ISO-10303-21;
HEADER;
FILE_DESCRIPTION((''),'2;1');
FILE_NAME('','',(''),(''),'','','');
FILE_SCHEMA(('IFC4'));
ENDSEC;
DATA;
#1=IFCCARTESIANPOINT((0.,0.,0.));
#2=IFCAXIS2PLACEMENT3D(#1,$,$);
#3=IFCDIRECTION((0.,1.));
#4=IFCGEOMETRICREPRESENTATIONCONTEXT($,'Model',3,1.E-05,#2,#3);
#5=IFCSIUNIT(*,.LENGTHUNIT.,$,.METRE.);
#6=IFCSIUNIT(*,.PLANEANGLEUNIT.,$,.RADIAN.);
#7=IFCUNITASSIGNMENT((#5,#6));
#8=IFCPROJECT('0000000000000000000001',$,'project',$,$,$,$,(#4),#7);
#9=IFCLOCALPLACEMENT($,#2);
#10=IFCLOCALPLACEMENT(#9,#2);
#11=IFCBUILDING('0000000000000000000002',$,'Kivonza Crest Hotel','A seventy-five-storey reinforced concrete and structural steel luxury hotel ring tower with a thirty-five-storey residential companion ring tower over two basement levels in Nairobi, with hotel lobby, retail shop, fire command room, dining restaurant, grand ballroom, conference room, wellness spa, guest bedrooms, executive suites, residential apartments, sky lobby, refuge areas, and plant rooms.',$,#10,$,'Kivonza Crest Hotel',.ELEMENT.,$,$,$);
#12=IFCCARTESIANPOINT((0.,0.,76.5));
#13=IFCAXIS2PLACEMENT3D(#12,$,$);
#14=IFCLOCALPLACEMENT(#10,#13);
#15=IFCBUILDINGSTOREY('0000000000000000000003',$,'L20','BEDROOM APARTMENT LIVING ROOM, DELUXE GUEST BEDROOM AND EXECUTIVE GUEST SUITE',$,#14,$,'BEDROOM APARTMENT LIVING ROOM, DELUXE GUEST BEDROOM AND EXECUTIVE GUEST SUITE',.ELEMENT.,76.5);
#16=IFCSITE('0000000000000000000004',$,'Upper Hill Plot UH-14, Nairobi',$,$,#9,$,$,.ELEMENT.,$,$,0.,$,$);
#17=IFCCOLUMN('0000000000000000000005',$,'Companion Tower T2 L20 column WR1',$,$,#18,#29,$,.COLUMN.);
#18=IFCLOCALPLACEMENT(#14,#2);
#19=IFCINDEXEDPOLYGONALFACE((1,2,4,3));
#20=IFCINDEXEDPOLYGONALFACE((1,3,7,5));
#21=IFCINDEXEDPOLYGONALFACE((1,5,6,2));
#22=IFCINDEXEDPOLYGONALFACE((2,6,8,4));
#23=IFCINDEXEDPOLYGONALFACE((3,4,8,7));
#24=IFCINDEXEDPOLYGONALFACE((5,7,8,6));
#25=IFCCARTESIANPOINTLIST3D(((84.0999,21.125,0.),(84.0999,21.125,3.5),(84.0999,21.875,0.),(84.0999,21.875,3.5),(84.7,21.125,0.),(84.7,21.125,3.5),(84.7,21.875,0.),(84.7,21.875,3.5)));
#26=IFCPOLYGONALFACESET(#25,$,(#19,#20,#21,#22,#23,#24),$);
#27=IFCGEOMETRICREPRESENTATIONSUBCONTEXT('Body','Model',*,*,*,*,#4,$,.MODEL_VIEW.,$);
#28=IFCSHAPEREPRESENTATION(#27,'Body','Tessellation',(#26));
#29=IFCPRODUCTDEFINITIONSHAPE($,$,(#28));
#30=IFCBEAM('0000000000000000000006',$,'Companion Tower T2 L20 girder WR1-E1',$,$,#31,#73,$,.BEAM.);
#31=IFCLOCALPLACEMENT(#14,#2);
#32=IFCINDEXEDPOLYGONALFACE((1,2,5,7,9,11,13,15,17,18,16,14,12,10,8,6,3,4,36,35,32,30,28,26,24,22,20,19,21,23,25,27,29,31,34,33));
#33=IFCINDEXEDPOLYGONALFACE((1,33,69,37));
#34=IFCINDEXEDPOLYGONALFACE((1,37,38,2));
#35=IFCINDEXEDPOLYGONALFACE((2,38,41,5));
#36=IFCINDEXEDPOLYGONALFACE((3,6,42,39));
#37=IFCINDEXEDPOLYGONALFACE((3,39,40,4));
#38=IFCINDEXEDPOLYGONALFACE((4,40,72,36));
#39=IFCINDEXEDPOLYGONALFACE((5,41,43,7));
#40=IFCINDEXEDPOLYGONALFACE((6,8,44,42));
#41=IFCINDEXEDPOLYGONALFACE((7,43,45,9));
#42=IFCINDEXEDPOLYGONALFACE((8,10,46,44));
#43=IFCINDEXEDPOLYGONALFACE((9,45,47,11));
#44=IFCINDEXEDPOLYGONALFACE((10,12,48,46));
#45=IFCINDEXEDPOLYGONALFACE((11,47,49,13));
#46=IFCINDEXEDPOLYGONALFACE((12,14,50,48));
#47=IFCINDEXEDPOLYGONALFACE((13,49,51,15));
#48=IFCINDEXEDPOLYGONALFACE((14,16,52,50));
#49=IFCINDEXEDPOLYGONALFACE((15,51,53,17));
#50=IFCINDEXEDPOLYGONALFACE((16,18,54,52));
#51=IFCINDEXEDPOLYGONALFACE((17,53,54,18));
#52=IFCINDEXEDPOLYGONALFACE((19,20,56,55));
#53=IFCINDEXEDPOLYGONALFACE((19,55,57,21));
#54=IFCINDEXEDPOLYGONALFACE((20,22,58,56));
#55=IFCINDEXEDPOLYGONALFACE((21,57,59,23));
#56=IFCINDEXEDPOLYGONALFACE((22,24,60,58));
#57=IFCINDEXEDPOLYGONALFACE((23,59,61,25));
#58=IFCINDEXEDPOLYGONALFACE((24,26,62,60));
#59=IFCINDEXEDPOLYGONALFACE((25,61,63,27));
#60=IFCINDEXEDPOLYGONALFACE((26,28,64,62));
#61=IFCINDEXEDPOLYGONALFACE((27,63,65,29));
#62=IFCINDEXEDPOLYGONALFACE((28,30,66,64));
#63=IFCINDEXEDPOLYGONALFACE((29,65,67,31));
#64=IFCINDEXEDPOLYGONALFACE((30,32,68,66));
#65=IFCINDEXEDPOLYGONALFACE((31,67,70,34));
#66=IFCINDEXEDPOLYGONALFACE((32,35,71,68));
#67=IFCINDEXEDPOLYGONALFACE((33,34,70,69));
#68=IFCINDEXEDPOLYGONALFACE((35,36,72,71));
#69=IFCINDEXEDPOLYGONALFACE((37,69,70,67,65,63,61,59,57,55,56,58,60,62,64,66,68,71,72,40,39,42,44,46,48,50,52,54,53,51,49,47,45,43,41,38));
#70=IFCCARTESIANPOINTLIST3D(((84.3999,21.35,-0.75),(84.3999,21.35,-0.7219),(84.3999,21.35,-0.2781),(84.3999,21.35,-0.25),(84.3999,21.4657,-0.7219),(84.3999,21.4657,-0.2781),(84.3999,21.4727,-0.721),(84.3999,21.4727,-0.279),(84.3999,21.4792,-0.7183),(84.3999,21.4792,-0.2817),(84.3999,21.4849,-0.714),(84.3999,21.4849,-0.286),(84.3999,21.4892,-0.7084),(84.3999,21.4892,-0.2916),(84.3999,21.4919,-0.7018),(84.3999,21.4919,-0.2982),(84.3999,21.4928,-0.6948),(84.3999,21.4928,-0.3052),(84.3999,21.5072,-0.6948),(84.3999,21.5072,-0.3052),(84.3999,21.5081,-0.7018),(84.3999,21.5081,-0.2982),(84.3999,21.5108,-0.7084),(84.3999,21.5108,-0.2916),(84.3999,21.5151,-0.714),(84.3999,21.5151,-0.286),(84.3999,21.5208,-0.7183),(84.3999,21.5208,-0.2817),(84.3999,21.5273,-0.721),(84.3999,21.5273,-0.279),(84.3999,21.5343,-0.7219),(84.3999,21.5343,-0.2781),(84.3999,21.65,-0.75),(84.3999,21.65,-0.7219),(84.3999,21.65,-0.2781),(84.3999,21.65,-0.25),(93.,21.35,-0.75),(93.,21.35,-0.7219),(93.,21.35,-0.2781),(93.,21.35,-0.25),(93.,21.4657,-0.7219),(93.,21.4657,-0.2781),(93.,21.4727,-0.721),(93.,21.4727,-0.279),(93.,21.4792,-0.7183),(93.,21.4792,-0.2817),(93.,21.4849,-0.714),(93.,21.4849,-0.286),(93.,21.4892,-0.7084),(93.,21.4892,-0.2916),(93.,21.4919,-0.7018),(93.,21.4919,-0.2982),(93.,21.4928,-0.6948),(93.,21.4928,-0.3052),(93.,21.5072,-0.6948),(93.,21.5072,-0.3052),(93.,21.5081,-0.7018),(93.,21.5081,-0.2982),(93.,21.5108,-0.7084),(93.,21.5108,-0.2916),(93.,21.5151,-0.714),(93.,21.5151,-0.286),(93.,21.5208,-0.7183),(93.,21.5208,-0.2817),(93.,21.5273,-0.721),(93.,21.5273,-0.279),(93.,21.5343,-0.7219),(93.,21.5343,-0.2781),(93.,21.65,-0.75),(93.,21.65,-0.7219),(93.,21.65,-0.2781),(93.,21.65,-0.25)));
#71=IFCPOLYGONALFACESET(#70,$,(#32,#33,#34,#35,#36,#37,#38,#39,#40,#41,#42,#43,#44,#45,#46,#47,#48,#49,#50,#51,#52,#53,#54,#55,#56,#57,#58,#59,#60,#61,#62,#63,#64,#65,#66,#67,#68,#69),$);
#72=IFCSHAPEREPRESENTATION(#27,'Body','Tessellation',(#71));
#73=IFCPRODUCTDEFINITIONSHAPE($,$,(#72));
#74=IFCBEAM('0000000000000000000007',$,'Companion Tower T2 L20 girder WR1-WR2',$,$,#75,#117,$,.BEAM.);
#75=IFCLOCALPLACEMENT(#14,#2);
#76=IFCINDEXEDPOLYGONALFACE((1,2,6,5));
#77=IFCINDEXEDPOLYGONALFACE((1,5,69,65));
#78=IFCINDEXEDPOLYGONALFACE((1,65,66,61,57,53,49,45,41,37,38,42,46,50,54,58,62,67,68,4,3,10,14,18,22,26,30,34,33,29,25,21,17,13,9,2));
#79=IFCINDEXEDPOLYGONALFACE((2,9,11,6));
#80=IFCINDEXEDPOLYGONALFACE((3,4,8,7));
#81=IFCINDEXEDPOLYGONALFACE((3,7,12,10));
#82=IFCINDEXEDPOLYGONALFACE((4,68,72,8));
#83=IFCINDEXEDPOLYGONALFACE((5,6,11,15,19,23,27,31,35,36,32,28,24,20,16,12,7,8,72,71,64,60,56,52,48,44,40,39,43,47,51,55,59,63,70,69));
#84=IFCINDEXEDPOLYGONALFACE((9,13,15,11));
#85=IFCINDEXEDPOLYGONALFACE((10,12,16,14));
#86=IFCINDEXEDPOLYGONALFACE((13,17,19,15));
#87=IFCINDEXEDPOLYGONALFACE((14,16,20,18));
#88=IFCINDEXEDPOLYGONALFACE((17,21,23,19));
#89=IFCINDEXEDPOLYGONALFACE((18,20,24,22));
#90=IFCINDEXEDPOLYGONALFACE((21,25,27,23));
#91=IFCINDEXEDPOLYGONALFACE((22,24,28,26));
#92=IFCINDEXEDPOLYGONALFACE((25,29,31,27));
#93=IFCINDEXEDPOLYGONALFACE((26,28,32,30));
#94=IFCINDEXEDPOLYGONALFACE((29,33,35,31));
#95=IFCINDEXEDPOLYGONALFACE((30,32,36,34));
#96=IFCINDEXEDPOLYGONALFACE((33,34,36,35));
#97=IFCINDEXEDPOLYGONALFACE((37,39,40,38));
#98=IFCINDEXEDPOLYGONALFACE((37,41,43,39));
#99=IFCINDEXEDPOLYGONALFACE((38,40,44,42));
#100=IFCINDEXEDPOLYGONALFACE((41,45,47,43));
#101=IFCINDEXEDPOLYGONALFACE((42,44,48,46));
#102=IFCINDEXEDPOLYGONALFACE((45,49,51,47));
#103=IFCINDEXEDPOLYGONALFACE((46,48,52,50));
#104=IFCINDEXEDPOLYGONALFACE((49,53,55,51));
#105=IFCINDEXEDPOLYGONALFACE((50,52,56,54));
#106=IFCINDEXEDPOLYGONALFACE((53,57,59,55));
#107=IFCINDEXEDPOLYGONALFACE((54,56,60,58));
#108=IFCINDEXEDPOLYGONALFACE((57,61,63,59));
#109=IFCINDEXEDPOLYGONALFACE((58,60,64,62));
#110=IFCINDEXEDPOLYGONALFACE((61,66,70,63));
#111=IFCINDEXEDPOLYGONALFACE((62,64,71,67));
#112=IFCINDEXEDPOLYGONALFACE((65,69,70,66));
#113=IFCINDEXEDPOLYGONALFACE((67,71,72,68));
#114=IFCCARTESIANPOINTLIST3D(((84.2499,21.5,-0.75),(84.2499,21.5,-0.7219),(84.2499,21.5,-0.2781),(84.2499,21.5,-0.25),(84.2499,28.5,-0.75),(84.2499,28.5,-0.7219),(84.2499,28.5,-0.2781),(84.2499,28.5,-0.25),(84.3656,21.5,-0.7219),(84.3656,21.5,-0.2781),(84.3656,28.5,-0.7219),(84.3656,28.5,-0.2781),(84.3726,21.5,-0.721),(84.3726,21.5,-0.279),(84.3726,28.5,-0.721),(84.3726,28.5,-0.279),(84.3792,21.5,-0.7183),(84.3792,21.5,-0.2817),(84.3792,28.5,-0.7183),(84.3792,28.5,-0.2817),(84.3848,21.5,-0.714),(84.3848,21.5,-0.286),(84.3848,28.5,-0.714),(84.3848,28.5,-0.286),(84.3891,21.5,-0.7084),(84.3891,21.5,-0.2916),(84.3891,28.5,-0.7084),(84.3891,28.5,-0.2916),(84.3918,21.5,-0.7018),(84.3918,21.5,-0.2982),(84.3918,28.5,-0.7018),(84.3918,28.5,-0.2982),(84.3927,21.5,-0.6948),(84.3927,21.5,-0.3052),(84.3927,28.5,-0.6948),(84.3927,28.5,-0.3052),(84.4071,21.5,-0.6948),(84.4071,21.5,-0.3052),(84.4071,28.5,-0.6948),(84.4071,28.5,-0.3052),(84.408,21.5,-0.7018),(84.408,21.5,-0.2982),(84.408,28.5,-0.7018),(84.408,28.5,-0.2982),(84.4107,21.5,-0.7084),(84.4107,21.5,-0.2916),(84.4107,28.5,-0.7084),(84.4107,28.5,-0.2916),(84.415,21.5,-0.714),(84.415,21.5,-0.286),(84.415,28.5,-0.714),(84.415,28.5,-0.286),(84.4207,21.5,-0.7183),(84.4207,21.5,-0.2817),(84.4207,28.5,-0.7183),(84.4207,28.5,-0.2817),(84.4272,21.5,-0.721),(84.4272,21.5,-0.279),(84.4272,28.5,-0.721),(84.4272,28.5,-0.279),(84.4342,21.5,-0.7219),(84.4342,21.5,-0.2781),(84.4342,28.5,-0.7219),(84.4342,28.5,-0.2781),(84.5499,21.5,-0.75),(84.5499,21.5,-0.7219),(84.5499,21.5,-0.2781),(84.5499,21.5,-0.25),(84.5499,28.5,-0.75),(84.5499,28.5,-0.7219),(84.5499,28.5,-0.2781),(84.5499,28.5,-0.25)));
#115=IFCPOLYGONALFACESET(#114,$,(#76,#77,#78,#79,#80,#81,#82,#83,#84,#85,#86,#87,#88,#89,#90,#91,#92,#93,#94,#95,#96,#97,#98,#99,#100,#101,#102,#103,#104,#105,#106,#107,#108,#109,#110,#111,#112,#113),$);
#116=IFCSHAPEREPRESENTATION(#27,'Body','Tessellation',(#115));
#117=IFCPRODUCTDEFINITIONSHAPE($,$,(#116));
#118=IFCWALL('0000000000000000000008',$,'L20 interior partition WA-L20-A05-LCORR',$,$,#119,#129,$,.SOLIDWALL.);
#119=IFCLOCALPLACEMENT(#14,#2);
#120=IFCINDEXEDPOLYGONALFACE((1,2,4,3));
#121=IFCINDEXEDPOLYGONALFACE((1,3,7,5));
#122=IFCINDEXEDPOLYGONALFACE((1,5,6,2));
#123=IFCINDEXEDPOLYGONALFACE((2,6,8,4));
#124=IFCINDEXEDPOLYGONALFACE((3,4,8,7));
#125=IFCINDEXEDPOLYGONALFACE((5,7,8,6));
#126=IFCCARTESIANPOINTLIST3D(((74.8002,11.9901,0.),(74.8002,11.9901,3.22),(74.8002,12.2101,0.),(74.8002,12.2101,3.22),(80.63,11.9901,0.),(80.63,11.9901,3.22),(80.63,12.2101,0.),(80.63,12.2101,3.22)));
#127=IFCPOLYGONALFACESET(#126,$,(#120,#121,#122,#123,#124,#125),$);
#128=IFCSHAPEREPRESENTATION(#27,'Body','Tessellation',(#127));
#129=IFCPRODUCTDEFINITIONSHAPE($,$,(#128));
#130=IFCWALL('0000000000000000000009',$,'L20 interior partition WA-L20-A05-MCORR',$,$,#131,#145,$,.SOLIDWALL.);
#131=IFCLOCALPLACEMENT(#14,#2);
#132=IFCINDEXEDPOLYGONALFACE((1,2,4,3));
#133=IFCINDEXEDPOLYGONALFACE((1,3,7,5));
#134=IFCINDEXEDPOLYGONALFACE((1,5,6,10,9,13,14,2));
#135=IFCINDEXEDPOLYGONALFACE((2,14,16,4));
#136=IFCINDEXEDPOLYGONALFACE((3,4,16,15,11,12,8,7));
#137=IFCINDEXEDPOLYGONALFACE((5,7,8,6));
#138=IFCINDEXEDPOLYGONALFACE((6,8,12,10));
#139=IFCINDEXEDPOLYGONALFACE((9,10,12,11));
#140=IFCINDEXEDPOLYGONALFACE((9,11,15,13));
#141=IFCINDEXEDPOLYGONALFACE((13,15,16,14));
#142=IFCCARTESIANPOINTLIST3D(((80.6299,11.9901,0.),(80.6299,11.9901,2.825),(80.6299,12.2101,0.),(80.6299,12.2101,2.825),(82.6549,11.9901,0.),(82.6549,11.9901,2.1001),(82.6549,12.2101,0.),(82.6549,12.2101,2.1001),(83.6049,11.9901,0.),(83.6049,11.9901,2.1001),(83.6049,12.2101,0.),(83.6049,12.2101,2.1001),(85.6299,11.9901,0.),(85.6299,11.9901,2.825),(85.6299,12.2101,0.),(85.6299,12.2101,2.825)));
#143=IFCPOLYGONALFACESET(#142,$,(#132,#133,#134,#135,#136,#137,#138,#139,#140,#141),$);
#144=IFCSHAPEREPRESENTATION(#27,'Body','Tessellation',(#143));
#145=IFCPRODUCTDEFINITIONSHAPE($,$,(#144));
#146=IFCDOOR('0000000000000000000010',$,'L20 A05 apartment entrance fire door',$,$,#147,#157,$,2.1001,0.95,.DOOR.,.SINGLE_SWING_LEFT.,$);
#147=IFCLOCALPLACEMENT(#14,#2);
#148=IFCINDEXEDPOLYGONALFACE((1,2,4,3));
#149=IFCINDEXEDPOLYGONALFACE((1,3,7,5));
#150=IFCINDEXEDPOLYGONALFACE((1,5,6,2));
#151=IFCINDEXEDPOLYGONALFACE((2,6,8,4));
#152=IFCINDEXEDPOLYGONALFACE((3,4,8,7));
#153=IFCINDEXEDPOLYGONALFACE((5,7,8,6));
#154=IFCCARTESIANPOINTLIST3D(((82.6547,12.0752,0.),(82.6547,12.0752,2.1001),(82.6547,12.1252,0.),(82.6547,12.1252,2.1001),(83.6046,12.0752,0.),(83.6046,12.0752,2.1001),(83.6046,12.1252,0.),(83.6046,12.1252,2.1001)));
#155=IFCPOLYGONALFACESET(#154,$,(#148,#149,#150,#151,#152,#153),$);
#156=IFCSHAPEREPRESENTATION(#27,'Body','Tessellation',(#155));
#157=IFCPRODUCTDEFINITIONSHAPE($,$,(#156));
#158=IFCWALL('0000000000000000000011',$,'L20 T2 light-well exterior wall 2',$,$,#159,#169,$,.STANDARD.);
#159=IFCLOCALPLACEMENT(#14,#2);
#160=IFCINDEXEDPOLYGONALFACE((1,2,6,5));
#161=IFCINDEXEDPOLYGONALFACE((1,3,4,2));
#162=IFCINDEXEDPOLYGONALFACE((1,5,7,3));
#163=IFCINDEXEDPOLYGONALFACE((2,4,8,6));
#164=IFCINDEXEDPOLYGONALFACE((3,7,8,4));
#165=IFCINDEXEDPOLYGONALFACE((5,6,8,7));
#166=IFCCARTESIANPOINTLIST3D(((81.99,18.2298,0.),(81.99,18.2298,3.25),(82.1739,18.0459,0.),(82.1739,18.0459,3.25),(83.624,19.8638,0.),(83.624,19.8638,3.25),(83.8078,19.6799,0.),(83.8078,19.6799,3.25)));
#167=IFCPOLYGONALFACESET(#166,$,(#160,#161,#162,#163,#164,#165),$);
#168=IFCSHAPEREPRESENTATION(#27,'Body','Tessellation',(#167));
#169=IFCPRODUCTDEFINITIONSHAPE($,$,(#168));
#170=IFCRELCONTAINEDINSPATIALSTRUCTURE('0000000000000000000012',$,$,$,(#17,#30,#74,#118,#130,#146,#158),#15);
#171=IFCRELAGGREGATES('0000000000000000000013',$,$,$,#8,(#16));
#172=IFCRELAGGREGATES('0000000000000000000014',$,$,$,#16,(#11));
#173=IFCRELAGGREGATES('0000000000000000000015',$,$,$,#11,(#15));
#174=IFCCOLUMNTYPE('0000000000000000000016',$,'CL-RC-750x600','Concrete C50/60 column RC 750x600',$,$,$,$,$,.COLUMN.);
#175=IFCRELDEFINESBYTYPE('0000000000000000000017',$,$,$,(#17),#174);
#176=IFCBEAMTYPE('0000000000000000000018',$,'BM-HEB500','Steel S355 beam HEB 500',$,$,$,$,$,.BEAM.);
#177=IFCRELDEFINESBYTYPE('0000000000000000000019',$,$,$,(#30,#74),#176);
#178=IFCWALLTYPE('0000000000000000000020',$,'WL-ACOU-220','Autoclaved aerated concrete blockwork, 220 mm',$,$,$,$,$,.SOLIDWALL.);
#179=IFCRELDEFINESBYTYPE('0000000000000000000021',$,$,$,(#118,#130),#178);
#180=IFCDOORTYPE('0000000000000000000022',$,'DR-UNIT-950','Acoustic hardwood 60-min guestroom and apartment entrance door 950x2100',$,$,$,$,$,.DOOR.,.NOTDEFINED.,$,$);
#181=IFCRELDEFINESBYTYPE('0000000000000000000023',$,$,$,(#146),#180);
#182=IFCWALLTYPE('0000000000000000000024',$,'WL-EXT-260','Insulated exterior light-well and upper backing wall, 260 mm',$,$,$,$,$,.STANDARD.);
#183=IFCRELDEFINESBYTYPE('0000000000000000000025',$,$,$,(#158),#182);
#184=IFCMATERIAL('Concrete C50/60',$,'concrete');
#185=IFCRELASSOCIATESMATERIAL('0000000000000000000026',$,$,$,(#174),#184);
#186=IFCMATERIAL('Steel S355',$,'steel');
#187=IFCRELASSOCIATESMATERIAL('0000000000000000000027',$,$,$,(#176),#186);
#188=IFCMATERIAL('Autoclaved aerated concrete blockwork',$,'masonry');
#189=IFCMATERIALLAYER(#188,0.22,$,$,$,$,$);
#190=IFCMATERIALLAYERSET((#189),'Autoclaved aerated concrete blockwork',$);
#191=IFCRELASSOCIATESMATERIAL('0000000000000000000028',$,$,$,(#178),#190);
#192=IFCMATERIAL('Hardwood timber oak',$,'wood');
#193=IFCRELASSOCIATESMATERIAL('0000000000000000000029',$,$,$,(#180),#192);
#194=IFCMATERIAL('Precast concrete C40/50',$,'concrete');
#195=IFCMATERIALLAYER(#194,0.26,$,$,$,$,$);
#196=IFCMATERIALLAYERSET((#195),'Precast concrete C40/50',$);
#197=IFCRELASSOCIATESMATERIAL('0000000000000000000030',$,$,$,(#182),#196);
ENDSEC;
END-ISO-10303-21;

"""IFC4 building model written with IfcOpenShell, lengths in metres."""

from ifc_helpers import new_model, si_unit, direction, frame, frame_2d, origin, origin_2d, place, context, subcontext, project, spatial, rectangle, i_section, extrude, material, layer, layer_set, material_profile, profile_set, type_object, element, fill, save


model = new_model("IFC4")

# Units and contexts
model_context = context("Model", 3, precision=1e-05, world=origin(), true_north=direction((0.0, 1.0)))
body_context = subcontext(model_context, "Body", "Model", "MODEL_VIEW")
ifc_project = project(units=[si_unit("LENGTHUNIT", "METRE"), si_unit("PLANEANGLEUNIT", "RADIAN")], contexts=[model_context])

# Site, building, storey
site_placement = place(None, origin())
site = spatial("IfcSite", under=ifc_project, at=site_placement, Name="Upper Hill Plot UH-14, Nairobi", CompositionType="ELEMENT", RefElevation=0.0)
building_placement = place(site_placement, origin())
building = spatial("IfcBuilding", under=site, at=building_placement, Name="Kivonza Crest Hotel", Description="A seventy-five-storey reinforced concrete and structural steel luxury hotel ring tower with a thirty-five-storey residential companion ring tower over two basement levels in Nairobi, with hotel lobby, retail shop, fire command room, dining restaurant, grand ballroom, conference room, wellness spa, guest bedrooms, executive suites, residential apartments, sky lobby, refuge areas, and plant rooms.", LongName="Kivonza Crest Hotel", CompositionType="ELEMENT")
storey_placement = place(building_placement, frame((0.0, 0.0, 76.5)))
storey = spatial("IfcBuildingStorey", under=building, at=storey_placement, Name="L20", Description="BEDROOM APARTMENT LIVING ROOM, DELUXE GUEST BEDROOM AND EXECUTIVE GUEST SUITE", LongName="BEDROOM APARTMENT LIVING ROOM, DELUXE GUEST BEDROOM AND EXECUTIVE GUEST SUITE", CompositionType="ELEMENT", Elevation=76.5)

# Column
ifc_material_1 = material(Name="Concrete C50/60", Category="concrete")
ifc_material_profile_1 = material_profile(ifc_material_1, rectangle(XDim=0.6001, YDim=0.75, at=origin_2d()), Name="RC 750x600")
ifc_profile_set_1 = profile_set([ifc_material_profile_1], Name="Concrete C50/60")
column_type = type_object("IfcColumnType", Name="CL-RC-750x600", Description="Concrete C50/60 column RC 750x600", PredefinedType="COLUMN", material=ifc_profile_set_1)
column_placement = place(storey_placement, frame((84.3999, 21.5, 0.0), z_axis=(0.0, 0.0, 1.0), x_axis=(1.0, 0.0, 0.0)))
element("IfcColumn", 1, at=column_placement, inside=storey, type_object=column_type, Name="Companion Tower T2 L20 column WR1", PredefinedType="COLUMN", context=body_context, shape_type="SweptSolid", body=[
    extrude(rectangle(XDim=0.6001, YDim=0.75, at=origin_2d()), origin(), (0.0, 0.0, 1.0), 3.5),
])

# Beams
ifc_material_2 = material(Name="Steel S355", Category="steel")
ifc_material_profile_2 = material_profile(ifc_material_2, i_section(OverallWidth=0.3, OverallDepth=0.5, WebThickness=0.0144, FlangeThickness=0.0281, FilletRadius=0.0271, at=origin_2d()), Name="HEB 500")
ifc_profile_set_2 = profile_set([ifc_material_profile_2], Name="Steel S355")
beam_type = type_object("IfcBeamType", Name="BM-HEB500", Description="Steel S355 beam HEB 500", PredefinedType="BEAM", material=ifc_profile_set_2)
beam_1_placement = place(storey_placement, frame((84.3999, 21.5, -0.5), z_axis=(1.0, 0.0, 0.0), x_axis=(0.0, 1.0, 0.0)))
element("IfcBeam", 2, at=beam_1_placement, inside=storey, type_object=beam_type, Name="Companion Tower T2 L20 girder WR1-E1", PredefinedType="BEAM", context=body_context, shape_type="SweptSolid", body=[
    extrude(i_section(OverallWidth=0.3, OverallDepth=0.5, WebThickness=0.0144, FlangeThickness=0.0281, FilletRadius=0.0271, at=origin_2d()), origin(), (0.0, 0.0, 1.0), 8.6001),
])
beam_2_placement = place(storey_placement, frame((84.3999, 21.5, -0.5), z_axis=(0.0, 1.0, 0.0), x_axis=(-1.0, 0.0, 0.0)))
element("IfcBeam", 3, at=beam_2_placement, inside=storey, type_object=beam_type, Name="Companion Tower T2 L20 girder WR1-WR2", PredefinedType="BEAM", context=body_context, shape_type="SweptSolid", body=[
    extrude(i_section(OverallWidth=0.3, OverallDepth=0.5, WebThickness=0.0144, FlangeThickness=0.0281, FilletRadius=0.0271, at=origin_2d()), origin(), (0.0, 0.0, 1.0), 7.0),
])

# Wall
ifc_material_3 = material(Name="Autoclaved aerated concrete blockwork", Category="masonry")
ifc_layer_1 = layer(ifc_material_3, 0.22)
ifc_layer_set_1 = layer_set([ifc_layer_1], Name="Autoclaved aerated concrete blockwork")
wall_type_1 = type_object("IfcWallType", Name="WL-ACOU-220", Description="Autoclaved aerated concrete blockwork, 220 mm", PredefinedType="SOLIDWALL", material=ifc_layer_set_1)
wall_1_placement = place(storey_placement, frame((74.8, 12.1001, 0.0), z_axis=(0.0, 0.0, 1.0), x_axis=(1.0, 0.0, 0.0)))
element("IfcWall", 4, at=wall_1_placement, inside=storey, type_object=wall_type_1, Name="L20 interior partition WA-L20-A05-LCORR", PredefinedType="SOLIDWALL", context=body_context, shape_type="SweptSolid", body=[
    extrude(rectangle(XDim=5.8298, YDim=0.22, at=frame_2d((2.915, 0.0))), origin(), (0.0, 0.0, 1.0), 3.22),
])

# Wall, opening, door
wall_2_placement = place(storey_placement, frame((80.6299, 12.1001, 0.0), z_axis=(0.0, 0.0, 1.0), x_axis=(1.0, 0.0, 0.0)))
wall_2 = element("IfcWall", 5, at=wall_2_placement, inside=storey, type_object=wall_type_1, Name="L20 interior partition WA-L20-A05-MCORR", PredefinedType="SOLIDWALL", context=body_context, shape_type="SweptSolid", body=[
    extrude(rectangle(XDim=5.0, YDim=0.22, at=frame_2d((2.5, 0.0))), origin(), (0.0, 0.0, 1.0), 2.825),
])
opening_1_placement = place(wall_2_placement, frame((2.0249, 0.0, 0.0)))
opening_1 = element("IfcOpeningElement", 6, at=opening_1_placement, cuts=wall_2, PredefinedType="OPENING", context=body_context, shape_type="SweptSolid", body=[
    extrude(rectangle(XDim=0.95, YDim=2.1001, at=frame_2d((0.4751, 1.05))), frame((0.0, 0.1201, 0.0), z_axis=(0.0, -1.0, 0.0), x_axis=(1.0, 0.0, 0.0)), (0.0, 0.0, 1.0), 0.24),
])
ifc_material_4 = material(Name="Hardwood timber oak", Category="wood")
door_type_1 = type_object("IfcDoorType", Name="DR-UNIT-950", Description="Acoustic hardwood 60-min guestroom and apartment entrance door 950x2100", OperationType="NOTDEFINED", PredefinedType="DOOR", material=ifc_material_4)
door_1_placement = place(opening_1_placement, frame((0.95, 0.0, 0.0), z_axis=(0.0, 0.0, 1.0), x_axis=(-1.0, 0.0, 0.0)))
door_1 = element("IfcDoor", 7, at=door_1_placement, inside=storey, type_object=door_type_1, Name="L20 A05 apartment entrance fire door", OperationType="SINGLE_SWING_LEFT", OverallHeight=2.1001, OverallWidth=0.95, PredefinedType="DOOR", context=body_context, shape_type="SweptSolid", body=[
    extrude(rectangle(XDim=0.95, YDim=2.1001, at=frame_2d((0.4751, 1.05))), frame((0.0, 0.0249, 0.0), z_axis=(0.0, -1.0, 0.0), x_axis=(1.0, 0.0, 0.0)), (0.0, 0.0, 1.0), 0.05),
])
fill(opening_1, door_1)

# Wall
ifc_material_5 = material(Name="Precast concrete C40/50", Category="concrete")
ifc_layer_2 = layer(ifc_material_5, 0.26)
ifc_layer_set_2 = layer_set([ifc_layer_2], Name="Precast concrete C40/50")
wall_type_2 = type_object("IfcWallType", Name="WL-EXT-260", Description="Insulated exterior light-well and upper backing wall, 260 mm", PredefinedType="STANDARD", material=ifc_layer_set_2)
wall_3_placement = place(storey_placement, frame((82.082, 18.1379, 0.0), z_axis=(0.0, 0.0, 1.0), x_axis=(0.707107, 0.707107, 0.0)))
element("IfcWall", 8, at=wall_3_placement, inside=storey, type_object=wall_type_2, Name="L20 T2 light-well exterior wall 2", PredefinedType="STANDARD", context=body_context, shape_type="SweptSolid", body=[
    extrude(rectangle(XDim=2.3108, YDim=0.26, at=frame_2d((1.1553, 0.0))), origin(), (0.0, 0.0, 1.0), 3.25),
])

save(model, "model.ifc")
